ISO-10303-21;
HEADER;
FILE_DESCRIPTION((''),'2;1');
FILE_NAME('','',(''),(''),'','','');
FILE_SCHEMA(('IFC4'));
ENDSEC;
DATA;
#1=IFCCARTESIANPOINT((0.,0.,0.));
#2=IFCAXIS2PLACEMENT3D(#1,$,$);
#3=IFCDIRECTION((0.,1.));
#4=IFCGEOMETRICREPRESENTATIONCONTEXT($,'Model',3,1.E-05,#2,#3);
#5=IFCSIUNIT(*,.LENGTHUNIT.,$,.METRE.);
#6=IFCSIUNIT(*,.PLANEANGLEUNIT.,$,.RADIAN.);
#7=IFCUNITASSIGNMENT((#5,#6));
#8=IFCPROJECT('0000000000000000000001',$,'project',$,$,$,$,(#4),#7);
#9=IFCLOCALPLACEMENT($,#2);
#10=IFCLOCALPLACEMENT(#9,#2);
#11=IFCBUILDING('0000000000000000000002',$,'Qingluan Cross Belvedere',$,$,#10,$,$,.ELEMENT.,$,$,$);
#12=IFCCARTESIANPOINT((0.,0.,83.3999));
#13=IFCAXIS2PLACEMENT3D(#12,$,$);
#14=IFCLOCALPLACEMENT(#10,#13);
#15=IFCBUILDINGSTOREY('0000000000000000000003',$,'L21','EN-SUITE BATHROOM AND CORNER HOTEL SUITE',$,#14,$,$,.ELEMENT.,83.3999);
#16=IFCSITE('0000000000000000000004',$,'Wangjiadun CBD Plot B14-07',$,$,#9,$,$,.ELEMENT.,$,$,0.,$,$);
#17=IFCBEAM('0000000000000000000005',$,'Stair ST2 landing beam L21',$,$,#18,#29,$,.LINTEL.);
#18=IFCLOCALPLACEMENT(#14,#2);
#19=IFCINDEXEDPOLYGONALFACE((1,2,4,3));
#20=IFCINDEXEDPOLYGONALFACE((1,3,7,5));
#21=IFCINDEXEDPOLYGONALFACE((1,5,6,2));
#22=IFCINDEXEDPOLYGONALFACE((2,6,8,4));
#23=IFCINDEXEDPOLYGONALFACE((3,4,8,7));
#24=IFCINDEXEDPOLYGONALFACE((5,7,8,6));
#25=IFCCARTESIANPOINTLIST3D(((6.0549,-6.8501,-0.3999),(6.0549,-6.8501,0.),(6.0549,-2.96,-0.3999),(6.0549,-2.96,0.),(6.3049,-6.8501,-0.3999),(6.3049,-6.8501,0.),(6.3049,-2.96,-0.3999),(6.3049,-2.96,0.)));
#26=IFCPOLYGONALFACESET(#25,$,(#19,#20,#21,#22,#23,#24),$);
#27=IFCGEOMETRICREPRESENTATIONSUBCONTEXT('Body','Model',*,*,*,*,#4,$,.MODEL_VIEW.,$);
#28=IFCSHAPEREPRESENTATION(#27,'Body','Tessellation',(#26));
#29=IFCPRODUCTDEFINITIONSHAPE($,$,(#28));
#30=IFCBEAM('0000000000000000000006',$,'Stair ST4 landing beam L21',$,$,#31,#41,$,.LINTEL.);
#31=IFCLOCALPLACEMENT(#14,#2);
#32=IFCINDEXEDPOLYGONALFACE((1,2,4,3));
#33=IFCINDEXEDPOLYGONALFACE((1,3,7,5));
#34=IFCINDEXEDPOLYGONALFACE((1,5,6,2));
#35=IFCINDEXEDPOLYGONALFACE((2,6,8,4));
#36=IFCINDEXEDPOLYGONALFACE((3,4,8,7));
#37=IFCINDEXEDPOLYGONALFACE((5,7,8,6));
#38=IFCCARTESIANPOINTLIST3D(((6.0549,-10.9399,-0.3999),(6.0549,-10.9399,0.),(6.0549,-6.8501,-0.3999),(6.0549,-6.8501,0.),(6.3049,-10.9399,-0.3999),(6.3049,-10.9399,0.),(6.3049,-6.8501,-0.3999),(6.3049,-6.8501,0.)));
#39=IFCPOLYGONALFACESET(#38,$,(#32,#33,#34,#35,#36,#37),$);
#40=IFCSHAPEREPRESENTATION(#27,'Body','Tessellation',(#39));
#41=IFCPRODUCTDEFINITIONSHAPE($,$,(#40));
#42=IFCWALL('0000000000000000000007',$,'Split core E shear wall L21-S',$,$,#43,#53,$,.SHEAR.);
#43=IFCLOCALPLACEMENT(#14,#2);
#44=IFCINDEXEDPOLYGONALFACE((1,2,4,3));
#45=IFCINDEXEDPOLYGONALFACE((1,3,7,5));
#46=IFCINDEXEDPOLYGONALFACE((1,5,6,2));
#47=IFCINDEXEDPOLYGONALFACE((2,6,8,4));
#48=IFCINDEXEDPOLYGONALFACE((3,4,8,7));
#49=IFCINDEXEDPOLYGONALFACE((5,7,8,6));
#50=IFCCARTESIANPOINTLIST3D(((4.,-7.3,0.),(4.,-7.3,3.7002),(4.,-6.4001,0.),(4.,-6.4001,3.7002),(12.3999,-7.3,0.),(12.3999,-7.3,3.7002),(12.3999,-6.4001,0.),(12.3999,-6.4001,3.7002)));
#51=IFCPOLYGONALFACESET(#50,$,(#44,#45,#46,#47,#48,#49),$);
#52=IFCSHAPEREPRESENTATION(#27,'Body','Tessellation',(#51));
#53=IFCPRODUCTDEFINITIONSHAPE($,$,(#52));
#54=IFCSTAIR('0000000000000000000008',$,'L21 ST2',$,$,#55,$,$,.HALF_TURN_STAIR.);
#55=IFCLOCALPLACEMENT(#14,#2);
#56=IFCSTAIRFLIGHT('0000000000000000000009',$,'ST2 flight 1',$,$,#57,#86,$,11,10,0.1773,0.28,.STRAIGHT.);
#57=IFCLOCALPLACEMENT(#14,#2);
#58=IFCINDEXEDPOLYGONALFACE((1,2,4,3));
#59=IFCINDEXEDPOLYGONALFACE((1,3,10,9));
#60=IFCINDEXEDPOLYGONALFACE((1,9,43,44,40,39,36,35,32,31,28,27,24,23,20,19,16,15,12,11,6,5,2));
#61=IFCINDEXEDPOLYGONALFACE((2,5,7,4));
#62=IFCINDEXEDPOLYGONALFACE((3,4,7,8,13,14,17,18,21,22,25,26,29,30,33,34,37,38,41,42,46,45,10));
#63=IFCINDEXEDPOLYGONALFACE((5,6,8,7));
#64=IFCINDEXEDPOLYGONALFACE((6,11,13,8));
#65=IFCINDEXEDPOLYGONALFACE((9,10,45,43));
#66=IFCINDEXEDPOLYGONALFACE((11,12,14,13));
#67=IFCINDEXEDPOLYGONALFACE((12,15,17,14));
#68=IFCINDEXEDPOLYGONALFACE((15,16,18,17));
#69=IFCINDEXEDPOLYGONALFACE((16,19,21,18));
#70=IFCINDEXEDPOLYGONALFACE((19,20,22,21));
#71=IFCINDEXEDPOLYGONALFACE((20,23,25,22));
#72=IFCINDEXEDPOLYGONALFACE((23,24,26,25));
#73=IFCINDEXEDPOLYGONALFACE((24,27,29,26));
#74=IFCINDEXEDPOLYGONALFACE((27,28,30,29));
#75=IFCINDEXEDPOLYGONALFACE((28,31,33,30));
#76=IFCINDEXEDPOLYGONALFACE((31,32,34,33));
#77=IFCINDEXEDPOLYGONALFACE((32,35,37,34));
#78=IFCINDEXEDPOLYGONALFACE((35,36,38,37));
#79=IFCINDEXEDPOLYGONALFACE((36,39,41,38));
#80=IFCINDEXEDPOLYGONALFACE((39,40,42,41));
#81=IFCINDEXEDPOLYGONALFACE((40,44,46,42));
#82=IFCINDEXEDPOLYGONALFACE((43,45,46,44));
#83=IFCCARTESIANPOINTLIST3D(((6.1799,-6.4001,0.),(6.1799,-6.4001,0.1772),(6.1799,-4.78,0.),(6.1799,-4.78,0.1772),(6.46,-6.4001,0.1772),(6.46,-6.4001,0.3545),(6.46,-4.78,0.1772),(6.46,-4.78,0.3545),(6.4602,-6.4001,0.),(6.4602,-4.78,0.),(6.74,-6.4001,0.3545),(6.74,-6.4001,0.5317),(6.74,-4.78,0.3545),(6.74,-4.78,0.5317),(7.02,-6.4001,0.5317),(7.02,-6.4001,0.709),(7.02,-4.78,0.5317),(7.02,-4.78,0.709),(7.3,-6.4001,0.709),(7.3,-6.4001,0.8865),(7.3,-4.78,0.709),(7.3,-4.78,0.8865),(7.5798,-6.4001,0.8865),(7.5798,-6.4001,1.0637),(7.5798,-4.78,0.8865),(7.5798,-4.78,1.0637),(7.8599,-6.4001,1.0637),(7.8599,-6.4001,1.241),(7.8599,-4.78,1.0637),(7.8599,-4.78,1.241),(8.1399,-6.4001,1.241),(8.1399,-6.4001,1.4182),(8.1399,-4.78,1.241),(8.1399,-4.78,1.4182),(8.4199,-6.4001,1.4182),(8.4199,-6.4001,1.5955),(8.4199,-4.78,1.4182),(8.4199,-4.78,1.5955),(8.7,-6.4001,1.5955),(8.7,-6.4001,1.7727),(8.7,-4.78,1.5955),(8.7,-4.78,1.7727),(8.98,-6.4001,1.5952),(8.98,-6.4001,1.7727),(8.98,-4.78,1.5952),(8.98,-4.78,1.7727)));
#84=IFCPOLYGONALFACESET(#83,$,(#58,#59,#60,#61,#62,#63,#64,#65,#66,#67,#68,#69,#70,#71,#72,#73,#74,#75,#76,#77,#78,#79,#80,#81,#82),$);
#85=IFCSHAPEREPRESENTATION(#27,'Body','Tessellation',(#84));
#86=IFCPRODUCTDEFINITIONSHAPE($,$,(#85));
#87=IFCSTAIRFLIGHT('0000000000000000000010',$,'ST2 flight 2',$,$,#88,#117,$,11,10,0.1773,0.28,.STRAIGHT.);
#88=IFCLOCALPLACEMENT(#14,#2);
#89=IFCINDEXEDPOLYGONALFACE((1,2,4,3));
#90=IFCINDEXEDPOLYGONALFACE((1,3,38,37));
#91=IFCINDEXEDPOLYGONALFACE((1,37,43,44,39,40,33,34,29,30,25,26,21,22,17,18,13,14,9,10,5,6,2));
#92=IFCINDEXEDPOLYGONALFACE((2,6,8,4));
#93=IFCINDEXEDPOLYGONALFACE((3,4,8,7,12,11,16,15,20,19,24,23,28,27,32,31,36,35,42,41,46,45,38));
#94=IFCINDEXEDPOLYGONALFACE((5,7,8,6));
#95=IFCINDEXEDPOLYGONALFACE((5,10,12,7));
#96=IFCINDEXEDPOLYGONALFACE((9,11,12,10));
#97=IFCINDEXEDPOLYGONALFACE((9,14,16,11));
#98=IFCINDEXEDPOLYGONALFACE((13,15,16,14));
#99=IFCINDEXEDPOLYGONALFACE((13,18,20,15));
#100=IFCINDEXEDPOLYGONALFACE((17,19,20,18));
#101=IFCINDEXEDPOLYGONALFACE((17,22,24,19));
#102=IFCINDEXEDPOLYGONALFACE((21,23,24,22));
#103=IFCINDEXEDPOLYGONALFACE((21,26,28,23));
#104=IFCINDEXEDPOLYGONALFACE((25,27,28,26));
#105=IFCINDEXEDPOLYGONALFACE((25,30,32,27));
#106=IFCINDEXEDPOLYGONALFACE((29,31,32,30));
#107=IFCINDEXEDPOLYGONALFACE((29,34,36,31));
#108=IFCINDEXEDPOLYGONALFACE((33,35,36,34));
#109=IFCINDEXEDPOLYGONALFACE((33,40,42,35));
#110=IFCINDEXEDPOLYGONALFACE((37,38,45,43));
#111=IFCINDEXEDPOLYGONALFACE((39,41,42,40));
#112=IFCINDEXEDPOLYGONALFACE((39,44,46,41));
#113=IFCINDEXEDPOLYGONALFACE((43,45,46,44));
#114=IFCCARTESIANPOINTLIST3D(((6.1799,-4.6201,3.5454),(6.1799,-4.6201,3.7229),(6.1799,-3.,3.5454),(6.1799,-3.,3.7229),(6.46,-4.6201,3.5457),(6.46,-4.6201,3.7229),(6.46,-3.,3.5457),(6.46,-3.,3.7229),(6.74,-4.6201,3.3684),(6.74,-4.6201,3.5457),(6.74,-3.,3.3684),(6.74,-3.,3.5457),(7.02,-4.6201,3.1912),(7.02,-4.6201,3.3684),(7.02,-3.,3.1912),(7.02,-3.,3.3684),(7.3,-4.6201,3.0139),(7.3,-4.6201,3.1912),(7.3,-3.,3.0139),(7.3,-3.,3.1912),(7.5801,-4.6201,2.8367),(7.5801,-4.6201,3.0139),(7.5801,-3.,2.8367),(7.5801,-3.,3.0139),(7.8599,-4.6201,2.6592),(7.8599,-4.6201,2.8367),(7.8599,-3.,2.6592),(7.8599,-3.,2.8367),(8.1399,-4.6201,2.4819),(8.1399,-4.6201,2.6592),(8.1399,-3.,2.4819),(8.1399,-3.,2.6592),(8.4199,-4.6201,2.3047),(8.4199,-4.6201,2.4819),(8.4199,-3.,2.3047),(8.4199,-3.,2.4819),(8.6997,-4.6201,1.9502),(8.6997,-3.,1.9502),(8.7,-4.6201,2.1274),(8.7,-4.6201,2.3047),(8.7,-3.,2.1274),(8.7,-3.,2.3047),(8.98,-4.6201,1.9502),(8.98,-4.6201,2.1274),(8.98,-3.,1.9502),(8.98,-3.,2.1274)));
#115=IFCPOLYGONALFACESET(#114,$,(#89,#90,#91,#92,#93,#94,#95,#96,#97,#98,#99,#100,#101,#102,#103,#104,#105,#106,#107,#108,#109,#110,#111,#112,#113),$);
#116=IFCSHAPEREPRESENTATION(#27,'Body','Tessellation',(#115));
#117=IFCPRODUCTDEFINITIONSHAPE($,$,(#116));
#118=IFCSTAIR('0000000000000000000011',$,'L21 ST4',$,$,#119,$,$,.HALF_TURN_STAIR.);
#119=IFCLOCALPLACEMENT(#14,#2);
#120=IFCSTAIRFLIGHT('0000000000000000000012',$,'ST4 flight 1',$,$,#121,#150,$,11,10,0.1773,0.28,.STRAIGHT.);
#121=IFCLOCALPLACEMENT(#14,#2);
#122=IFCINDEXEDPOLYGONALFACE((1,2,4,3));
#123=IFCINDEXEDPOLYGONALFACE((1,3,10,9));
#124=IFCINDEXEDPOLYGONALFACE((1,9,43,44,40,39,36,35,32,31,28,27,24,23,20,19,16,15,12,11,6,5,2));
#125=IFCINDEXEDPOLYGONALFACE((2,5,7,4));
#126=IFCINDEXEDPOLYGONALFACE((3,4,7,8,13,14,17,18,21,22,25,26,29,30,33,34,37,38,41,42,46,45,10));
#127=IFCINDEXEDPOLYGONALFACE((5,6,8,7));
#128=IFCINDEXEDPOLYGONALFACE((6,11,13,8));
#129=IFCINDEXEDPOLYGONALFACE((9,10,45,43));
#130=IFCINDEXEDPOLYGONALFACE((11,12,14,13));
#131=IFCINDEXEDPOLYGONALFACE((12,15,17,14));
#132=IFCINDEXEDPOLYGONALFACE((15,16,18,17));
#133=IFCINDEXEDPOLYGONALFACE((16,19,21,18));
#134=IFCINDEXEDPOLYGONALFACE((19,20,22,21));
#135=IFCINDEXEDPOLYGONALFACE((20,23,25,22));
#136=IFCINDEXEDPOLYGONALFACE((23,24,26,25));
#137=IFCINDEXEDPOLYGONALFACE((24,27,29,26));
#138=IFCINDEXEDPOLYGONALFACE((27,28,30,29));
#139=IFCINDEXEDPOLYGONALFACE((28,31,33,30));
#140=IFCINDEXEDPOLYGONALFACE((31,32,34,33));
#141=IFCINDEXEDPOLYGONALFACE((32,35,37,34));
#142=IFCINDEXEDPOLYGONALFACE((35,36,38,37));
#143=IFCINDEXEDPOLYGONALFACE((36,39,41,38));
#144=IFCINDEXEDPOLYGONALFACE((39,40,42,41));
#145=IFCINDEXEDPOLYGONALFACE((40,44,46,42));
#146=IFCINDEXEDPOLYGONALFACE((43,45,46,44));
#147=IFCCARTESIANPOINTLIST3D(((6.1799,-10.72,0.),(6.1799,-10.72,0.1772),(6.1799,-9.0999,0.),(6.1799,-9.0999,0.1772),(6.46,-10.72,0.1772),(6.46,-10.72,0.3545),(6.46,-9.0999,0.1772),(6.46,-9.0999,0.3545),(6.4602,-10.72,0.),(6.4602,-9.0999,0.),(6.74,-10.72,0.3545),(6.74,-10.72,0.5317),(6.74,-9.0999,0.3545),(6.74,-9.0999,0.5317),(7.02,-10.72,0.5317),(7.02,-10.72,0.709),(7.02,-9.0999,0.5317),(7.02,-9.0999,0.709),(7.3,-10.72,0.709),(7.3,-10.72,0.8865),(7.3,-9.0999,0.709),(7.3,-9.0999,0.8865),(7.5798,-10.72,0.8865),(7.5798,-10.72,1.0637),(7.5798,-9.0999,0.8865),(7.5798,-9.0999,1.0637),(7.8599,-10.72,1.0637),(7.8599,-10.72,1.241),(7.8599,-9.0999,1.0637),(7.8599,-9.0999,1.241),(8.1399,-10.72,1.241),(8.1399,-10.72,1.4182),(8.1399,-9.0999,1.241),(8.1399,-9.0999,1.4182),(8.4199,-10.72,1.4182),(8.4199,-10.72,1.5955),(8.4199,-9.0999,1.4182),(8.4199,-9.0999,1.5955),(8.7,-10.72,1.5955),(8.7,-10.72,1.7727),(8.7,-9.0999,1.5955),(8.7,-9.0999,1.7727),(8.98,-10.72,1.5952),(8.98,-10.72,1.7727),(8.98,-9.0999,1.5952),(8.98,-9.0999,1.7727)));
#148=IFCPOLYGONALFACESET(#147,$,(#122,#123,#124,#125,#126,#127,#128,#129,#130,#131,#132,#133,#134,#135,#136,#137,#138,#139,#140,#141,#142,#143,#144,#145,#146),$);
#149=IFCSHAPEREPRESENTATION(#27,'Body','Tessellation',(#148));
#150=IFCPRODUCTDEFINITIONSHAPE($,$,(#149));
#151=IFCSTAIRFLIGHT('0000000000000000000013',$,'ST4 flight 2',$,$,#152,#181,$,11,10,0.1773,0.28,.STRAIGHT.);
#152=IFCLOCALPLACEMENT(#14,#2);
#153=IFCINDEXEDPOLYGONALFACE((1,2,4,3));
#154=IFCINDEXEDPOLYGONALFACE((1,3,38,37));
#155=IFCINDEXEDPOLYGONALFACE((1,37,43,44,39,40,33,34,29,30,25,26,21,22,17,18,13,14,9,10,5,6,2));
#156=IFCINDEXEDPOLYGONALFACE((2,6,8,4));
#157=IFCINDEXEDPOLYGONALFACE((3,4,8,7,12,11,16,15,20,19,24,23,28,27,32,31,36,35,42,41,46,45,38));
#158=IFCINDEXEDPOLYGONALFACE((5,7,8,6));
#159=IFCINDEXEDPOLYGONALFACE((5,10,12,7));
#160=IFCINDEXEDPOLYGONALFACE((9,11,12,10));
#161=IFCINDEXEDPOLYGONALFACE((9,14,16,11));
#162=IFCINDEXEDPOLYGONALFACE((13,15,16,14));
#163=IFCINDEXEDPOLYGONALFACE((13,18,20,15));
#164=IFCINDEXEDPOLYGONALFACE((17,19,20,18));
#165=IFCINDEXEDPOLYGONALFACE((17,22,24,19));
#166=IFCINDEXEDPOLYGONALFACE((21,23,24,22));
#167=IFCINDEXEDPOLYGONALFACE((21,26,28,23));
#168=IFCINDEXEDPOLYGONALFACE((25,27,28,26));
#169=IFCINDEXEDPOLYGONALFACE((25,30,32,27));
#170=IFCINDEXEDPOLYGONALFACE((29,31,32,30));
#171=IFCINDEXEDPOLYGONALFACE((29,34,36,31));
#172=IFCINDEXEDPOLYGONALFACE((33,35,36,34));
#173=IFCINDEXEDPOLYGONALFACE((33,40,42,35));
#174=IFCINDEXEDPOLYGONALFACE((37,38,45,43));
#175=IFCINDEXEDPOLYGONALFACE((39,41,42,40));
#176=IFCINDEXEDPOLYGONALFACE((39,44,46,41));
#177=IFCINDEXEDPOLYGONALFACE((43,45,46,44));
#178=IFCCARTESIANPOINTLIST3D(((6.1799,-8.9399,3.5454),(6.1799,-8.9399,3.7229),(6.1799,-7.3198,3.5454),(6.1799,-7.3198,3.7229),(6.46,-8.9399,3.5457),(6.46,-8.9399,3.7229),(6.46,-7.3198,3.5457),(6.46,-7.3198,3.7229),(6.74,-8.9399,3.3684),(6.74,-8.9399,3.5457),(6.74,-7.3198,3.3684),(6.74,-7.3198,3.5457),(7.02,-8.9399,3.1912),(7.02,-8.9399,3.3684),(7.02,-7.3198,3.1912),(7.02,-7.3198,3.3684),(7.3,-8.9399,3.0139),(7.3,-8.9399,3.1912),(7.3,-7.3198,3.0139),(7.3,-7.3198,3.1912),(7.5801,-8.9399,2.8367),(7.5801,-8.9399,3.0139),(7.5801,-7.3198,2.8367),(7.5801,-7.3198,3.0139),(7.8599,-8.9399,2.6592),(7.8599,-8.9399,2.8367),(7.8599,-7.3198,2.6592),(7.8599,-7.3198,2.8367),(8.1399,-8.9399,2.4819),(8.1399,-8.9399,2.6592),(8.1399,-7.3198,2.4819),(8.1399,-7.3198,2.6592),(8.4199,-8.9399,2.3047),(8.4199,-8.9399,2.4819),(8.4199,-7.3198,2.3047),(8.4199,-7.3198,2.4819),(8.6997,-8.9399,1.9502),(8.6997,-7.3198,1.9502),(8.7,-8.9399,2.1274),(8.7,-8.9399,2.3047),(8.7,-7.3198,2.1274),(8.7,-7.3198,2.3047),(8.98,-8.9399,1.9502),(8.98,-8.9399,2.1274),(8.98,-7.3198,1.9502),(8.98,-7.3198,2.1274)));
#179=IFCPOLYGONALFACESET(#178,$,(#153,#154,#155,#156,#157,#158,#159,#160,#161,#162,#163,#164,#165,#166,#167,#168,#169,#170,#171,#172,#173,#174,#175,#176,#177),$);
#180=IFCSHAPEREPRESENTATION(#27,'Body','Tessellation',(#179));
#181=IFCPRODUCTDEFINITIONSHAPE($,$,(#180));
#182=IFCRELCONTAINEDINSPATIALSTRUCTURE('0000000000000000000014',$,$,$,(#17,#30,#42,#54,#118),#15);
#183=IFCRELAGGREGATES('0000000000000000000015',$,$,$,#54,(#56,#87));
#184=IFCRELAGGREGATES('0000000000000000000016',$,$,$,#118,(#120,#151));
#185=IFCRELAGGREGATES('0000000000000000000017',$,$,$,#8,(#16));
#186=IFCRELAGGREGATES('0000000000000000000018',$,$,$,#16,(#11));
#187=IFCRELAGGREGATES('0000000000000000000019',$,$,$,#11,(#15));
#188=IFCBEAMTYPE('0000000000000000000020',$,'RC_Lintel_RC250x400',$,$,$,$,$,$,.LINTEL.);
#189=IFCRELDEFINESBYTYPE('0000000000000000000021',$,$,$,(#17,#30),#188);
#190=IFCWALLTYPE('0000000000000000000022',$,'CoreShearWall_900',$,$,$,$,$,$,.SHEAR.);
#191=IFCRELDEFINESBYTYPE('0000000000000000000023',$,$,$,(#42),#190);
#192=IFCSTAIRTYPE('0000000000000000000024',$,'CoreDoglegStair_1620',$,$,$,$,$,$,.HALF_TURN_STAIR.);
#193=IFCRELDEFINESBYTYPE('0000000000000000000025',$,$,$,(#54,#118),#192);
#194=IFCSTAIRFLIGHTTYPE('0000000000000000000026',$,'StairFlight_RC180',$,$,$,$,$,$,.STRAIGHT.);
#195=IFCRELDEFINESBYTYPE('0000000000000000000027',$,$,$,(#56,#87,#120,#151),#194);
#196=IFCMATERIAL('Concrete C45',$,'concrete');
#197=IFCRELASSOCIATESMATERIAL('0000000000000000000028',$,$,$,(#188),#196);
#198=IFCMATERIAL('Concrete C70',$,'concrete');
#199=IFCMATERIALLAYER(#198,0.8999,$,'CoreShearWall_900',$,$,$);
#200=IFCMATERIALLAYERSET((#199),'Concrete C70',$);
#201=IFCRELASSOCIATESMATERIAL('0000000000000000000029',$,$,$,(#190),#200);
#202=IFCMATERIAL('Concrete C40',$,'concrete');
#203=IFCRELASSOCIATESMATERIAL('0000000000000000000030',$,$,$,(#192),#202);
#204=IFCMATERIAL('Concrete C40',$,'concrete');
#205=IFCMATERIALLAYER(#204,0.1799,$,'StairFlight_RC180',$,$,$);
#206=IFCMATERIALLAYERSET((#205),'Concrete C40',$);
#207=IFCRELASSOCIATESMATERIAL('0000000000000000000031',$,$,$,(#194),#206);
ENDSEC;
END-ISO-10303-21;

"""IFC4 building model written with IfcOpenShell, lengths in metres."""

from ifc_helpers import new_model, si_unit, direction, frame, frame_2d, origin, origin_2d, place, context, subcontext, project, spatial, polyline, rectangle, outline, extrude, material, layer, layer_set, material_profile, profile_set, type_object, element, aggregate, save


model = new_model("IFC4")

# Units and contexts
model_context = context("Model", 3, precision=1e-05, world=origin(), true_north=direction((0.0, 1.0)))
body_context = subcontext(model_context, "Body", "Model", "MODEL_VIEW")
ifc_project = project(units=[si_unit("LENGTHUNIT", "METRE"), si_unit("PLANEANGLEUNIT", "RADIAN")], contexts=[model_context])

# Site, building, storey
site_placement = place(None, origin())
site = spatial("IfcSite", under=ifc_project, at=site_placement, Name="Wangjiadun CBD Plot B14-07", CompositionType="ELEMENT", RefElevation=0.0)
building_placement = place(site_placement, origin())
building = spatial("IfcBuilding", under=site, at=building_placement, Name="Qingluan Cross Belvedere", CompositionType="ELEMENT")
storey_placement = place(building_placement, frame((0.0, 0.0, 83.3999)))
storey = spatial("IfcBuildingStorey", under=building, at=storey_placement, Name="L21", Description="EN-SUITE BATHROOM AND CORNER HOTEL SUITE", CompositionType="ELEMENT", Elevation=83.3999)

# Beams
ifc_material_1 = material(Name="Concrete C45", Category="concrete")
ifc_material_profile = material_profile(ifc_material_1, rectangle(XDim=0.25, YDim=0.3999, at=origin_2d()), Name="RC250x400")
ifc_profile_set = profile_set([ifc_material_profile], Name="Concrete C45")
beam_type = type_object("IfcBeamType", Name="RC_Lintel_RC250x400", PredefinedType="LINTEL", material=ifc_profile_set)
beam_1_placement = place(storey_placement, frame((6.1799, -6.8501, -0.2), z_axis=(0.0, 1.0, 0.0), x_axis=(-1.0, 0.0, 0.0)))
element("IfcBeam", 1, at=beam_1_placement, inside=storey, type_object=beam_type, Name="Stair ST2 landing beam L21", PredefinedType="LINTEL", context=body_context, shape_type="SweptSolid", body=[
    extrude(rectangle(XDim=0.25, YDim=0.3999, at=origin_2d()), origin(), (0.0, 0.0, 1.0), 3.8901),
])
beam_2_placement = place(storey_placement, frame((6.1799, -10.9399, -0.2), z_axis=(0.0, 1.0, 0.0), x_axis=(-1.0, 0.0, 0.0)))
element("IfcBeam", 2, at=beam_2_placement, inside=storey, type_object=beam_type, Name="Stair ST4 landing beam L21", PredefinedType="LINTEL", context=body_context, shape_type="SweptSolid", body=[
    extrude(rectangle(XDim=0.25, YDim=0.3999, at=origin_2d()), origin(), (0.0, 0.0, 1.0), 4.0898),
])

# Wall
ifc_material_2 = material(Name="Concrete C70", Category="concrete")
ifc_layer_1 = layer(ifc_material_2, 0.8999, Name="CoreShearWall_900")
ifc_layer_set_1 = layer_set([ifc_layer_1], Name="Concrete C70")
wall_type_1 = type_object("IfcWallType", Name="CoreShearWall_900", PredefinedType="SHEAR", material=ifc_layer_set_1)
wall_1_placement = place(storey_placement, frame((4.0, -6.8501, 0.0), z_axis=(0.0, 0.0, 1.0), x_axis=(1.0, 0.0, 0.0)))
element("IfcWall", 3, at=wall_1_placement, inside=storey, type_object=wall_type_1, Name="Split core E shear wall L21-S", PredefinedType="SHEAR", context=body_context, shape_type="SweptSolid", body=[
    extrude(rectangle(XDim=8.3999, YDim=0.8999, at=frame_2d((4.2, 0.0))), origin(), (0.0, 0.0, 1.0), 3.7002),
])

# Stairs, stair flights
ifc_material_3 = material(Name="Concrete C40", Category="concrete")
stair_type = type_object("IfcStairType", Name="CoreDoglegStair_1620", PredefinedType="HALF_TURN_STAIR", material=ifc_material_3)
stair_1_placement = place(storey_placement, origin())
stair_1 = element("IfcStair", 4, at=stair_1_placement, inside=storey, type_object=stair_type, Name="L21 ST2", PredefinedType="HALF_TURN_STAIR")
ifc_material_4 = material(Name="Concrete C40", Category="concrete")
ifc_layer_2 = layer(ifc_material_4, 0.1799, Name="StairFlight_RC180")
ifc_layer_set_2 = layer_set([ifc_layer_2], Name="Concrete C40")
stair_flight_type = type_object("IfcStairFlightType", Name="StairFlight_RC180", PredefinedType="STRAIGHT", material=ifc_layer_set_2)
stair_flight_1_placement = place(storey_placement, frame((6.1799, -5.5901, 0.0), z_axis=(0.0, 0.0, 1.0), x_axis=(1.0, 0.0, 0.0)))
stair_flight_1 = element("IfcStairFlight", 5, at=stair_flight_1_placement, type_object=stair_flight_type, Name="ST2 flight 1", NumberOfRisers=11, NumberOfTreads=10, PredefinedType="STRAIGHT", RiserHeight=0.1773, TreadLength=0.28, context=body_context, shape_type="SweptSolid", body=[
    extrude(outline(polyline([(0.0, 0.0), (0.0, 0.1772), (0.28, 0.1772), (0.28, 0.3545), (0.5601, 0.3545), (0.5601, 0.5317), (0.8401, 0.5317), (0.8401, 0.709), (1.1201, 0.709), (1.1201, 0.8865), (1.3999, 0.8865), (1.3999, 1.0637), (1.6799, 1.0637), (1.6799, 1.241), (1.96, 1.241), (1.96, 1.4182), (2.24, 1.4182), (2.24, 1.5955), (2.52, 1.5955), (2.52, 1.7727), (2.8, 1.7727), (2.8, 1.95), (2.8, 1.5952), (0.2803, 0.0), (0.0, 0.0)])), frame((0.0, 0.8101, 0.0), z_axis=(0.0, -1.0, 0.0), x_axis=(1.0, 0.0, 0.0)), (0.0, 0.0, 1.0), 1.6201),
])
stair_flight_2_placement = place(storey_placement, frame((8.98, -3.8101, 1.9502), z_axis=(0.0, 0.0, 1.0), x_axis=(-1.0, 0.0, 0.0)))
stair_flight_2 = element("IfcStairFlight", 6, at=stair_flight_2_placement, type_object=stair_flight_type, Name="ST2 flight 2", NumberOfRisers=11, NumberOfTreads=10, PredefinedType="STRAIGHT", RiserHeight=0.1773, TreadLength=0.28, context=body_context, shape_type="SweptSolid", body=[
    extrude(outline(polyline([(0.0, 0.0), (0.0, 0.1772), (0.28, 0.1772), (0.28, 0.3545), (0.5601, 0.3545), (0.5601, 0.5317), (0.8401, 0.5317), (0.8401, 0.709), (1.1201, 0.709), (1.1201, 0.8865), (1.3999, 0.8865), (1.3999, 1.0637), (1.6799, 1.0637), (1.6799, 1.241), (1.96, 1.241), (1.96, 1.4182), (2.24, 1.4182), (2.24, 1.5955), (2.52, 1.5955), (2.52, 1.7727), (2.8, 1.7727), (2.8, 1.95), (2.8, 1.5952), (0.2803, 0.0), (0.0, 0.0)])), frame((0.0, 0.8101, 0.0), z_axis=(0.0, -1.0, 0.0), x_axis=(1.0, 0.0, 0.0)), (0.0, 0.0, 1.0), 1.6201),
])
aggregate(stair_1, [stair_flight_1, stair_flight_2])
stair_2_placement = place(storey_placement, origin())
stair_2 = element("IfcStair", 7, at=stair_2_placement, inside=storey, type_object=stair_type, Name="L21 ST4", PredefinedType="HALF_TURN_STAIR")
stair_flight_3_placement = place(storey_placement, frame((6.1799, -9.9099, 0.0), z_axis=(0.0, 0.0, 1.0), x_axis=(1.0, 0.0, 0.0)))
stair_flight_3 = element("IfcStairFlight", 8, at=stair_flight_3_placement, type_object=stair_flight_type, Name="ST4 flight 1", NumberOfRisers=11, NumberOfTreads=10, PredefinedType="STRAIGHT", RiserHeight=0.1773, TreadLength=0.28, context=body_context, shape_type="SweptSolid", body=[
    extrude(outline(polyline([(0.0, 0.0), (0.0, 0.1772), (0.28, 0.1772), (0.28, 0.3545), (0.5601, 0.3545), (0.5601, 0.5317), (0.8401, 0.5317), (0.8401, 0.709), (1.1201, 0.709), (1.1201, 0.8865), (1.3999, 0.8865), (1.3999, 1.0637), (1.6799, 1.0637), (1.6799, 1.241), (1.96, 1.241), (1.96, 1.4182), (2.24, 1.4182), (2.24, 1.5955), (2.52, 1.5955), (2.52, 1.7727), (2.8, 1.7727), (2.8, 1.95), (2.8, 1.5952), (0.2803, 0.0), (0.0, 0.0)])), frame((0.0, 0.8101, 0.0), z_axis=(0.0, -1.0, 0.0), x_axis=(1.0, 0.0, 0.0)), (0.0, 0.0, 1.0), 1.6201),
])
stair_flight_4_placement = place(storey_placement, frame((8.98, -8.1299, 1.9502), z_axis=(0.0, 0.0, 1.0), x_axis=(-1.0, 0.0, 0.0)))
stair_flight_4 = element("IfcStairFlight", 9, at=stair_flight_4_placement, type_object=stair_flight_type, Name="ST4 flight 2", NumberOfRisers=11, NumberOfTreads=10, PredefinedType="STRAIGHT", RiserHeight=0.1773, TreadLength=0.28, context=body_context, shape_type="SweptSolid", body=[
    extrude(outline(polyline([(0.0, 0.0), (0.0, 0.1772), (0.28, 0.1772), (0.28, 0.3545), (0.5601, 0.3545), (0.5601, 0.5317), (0.8401, 0.5317), (0.8401, 0.709), (1.1201, 0.709), (1.1201, 0.8865), (1.3999, 0.8865), (1.3999, 1.0637), (1.6799, 1.0637), (1.6799, 1.241), (1.96, 1.241), (1.96, 1.4182), (2.24, 1.4182), (2.24, 1.5955), (2.52, 1.5955), (2.52, 1.7727), (2.8, 1.7727), (2.8, 1.95), (2.8, 1.5952), (0.2803, 0.0), (0.0, 0.0)])), frame((0.0, 0.8101, 0.0), z_axis=(0.0, -1.0, 0.0), x_axis=(1.0, 0.0, 0.0)), (0.0, 0.0, 1.0), 1.6201),
])
aggregate(stair_2, [stair_flight_3, stair_flight_4])

save(model, "model.ifc")
